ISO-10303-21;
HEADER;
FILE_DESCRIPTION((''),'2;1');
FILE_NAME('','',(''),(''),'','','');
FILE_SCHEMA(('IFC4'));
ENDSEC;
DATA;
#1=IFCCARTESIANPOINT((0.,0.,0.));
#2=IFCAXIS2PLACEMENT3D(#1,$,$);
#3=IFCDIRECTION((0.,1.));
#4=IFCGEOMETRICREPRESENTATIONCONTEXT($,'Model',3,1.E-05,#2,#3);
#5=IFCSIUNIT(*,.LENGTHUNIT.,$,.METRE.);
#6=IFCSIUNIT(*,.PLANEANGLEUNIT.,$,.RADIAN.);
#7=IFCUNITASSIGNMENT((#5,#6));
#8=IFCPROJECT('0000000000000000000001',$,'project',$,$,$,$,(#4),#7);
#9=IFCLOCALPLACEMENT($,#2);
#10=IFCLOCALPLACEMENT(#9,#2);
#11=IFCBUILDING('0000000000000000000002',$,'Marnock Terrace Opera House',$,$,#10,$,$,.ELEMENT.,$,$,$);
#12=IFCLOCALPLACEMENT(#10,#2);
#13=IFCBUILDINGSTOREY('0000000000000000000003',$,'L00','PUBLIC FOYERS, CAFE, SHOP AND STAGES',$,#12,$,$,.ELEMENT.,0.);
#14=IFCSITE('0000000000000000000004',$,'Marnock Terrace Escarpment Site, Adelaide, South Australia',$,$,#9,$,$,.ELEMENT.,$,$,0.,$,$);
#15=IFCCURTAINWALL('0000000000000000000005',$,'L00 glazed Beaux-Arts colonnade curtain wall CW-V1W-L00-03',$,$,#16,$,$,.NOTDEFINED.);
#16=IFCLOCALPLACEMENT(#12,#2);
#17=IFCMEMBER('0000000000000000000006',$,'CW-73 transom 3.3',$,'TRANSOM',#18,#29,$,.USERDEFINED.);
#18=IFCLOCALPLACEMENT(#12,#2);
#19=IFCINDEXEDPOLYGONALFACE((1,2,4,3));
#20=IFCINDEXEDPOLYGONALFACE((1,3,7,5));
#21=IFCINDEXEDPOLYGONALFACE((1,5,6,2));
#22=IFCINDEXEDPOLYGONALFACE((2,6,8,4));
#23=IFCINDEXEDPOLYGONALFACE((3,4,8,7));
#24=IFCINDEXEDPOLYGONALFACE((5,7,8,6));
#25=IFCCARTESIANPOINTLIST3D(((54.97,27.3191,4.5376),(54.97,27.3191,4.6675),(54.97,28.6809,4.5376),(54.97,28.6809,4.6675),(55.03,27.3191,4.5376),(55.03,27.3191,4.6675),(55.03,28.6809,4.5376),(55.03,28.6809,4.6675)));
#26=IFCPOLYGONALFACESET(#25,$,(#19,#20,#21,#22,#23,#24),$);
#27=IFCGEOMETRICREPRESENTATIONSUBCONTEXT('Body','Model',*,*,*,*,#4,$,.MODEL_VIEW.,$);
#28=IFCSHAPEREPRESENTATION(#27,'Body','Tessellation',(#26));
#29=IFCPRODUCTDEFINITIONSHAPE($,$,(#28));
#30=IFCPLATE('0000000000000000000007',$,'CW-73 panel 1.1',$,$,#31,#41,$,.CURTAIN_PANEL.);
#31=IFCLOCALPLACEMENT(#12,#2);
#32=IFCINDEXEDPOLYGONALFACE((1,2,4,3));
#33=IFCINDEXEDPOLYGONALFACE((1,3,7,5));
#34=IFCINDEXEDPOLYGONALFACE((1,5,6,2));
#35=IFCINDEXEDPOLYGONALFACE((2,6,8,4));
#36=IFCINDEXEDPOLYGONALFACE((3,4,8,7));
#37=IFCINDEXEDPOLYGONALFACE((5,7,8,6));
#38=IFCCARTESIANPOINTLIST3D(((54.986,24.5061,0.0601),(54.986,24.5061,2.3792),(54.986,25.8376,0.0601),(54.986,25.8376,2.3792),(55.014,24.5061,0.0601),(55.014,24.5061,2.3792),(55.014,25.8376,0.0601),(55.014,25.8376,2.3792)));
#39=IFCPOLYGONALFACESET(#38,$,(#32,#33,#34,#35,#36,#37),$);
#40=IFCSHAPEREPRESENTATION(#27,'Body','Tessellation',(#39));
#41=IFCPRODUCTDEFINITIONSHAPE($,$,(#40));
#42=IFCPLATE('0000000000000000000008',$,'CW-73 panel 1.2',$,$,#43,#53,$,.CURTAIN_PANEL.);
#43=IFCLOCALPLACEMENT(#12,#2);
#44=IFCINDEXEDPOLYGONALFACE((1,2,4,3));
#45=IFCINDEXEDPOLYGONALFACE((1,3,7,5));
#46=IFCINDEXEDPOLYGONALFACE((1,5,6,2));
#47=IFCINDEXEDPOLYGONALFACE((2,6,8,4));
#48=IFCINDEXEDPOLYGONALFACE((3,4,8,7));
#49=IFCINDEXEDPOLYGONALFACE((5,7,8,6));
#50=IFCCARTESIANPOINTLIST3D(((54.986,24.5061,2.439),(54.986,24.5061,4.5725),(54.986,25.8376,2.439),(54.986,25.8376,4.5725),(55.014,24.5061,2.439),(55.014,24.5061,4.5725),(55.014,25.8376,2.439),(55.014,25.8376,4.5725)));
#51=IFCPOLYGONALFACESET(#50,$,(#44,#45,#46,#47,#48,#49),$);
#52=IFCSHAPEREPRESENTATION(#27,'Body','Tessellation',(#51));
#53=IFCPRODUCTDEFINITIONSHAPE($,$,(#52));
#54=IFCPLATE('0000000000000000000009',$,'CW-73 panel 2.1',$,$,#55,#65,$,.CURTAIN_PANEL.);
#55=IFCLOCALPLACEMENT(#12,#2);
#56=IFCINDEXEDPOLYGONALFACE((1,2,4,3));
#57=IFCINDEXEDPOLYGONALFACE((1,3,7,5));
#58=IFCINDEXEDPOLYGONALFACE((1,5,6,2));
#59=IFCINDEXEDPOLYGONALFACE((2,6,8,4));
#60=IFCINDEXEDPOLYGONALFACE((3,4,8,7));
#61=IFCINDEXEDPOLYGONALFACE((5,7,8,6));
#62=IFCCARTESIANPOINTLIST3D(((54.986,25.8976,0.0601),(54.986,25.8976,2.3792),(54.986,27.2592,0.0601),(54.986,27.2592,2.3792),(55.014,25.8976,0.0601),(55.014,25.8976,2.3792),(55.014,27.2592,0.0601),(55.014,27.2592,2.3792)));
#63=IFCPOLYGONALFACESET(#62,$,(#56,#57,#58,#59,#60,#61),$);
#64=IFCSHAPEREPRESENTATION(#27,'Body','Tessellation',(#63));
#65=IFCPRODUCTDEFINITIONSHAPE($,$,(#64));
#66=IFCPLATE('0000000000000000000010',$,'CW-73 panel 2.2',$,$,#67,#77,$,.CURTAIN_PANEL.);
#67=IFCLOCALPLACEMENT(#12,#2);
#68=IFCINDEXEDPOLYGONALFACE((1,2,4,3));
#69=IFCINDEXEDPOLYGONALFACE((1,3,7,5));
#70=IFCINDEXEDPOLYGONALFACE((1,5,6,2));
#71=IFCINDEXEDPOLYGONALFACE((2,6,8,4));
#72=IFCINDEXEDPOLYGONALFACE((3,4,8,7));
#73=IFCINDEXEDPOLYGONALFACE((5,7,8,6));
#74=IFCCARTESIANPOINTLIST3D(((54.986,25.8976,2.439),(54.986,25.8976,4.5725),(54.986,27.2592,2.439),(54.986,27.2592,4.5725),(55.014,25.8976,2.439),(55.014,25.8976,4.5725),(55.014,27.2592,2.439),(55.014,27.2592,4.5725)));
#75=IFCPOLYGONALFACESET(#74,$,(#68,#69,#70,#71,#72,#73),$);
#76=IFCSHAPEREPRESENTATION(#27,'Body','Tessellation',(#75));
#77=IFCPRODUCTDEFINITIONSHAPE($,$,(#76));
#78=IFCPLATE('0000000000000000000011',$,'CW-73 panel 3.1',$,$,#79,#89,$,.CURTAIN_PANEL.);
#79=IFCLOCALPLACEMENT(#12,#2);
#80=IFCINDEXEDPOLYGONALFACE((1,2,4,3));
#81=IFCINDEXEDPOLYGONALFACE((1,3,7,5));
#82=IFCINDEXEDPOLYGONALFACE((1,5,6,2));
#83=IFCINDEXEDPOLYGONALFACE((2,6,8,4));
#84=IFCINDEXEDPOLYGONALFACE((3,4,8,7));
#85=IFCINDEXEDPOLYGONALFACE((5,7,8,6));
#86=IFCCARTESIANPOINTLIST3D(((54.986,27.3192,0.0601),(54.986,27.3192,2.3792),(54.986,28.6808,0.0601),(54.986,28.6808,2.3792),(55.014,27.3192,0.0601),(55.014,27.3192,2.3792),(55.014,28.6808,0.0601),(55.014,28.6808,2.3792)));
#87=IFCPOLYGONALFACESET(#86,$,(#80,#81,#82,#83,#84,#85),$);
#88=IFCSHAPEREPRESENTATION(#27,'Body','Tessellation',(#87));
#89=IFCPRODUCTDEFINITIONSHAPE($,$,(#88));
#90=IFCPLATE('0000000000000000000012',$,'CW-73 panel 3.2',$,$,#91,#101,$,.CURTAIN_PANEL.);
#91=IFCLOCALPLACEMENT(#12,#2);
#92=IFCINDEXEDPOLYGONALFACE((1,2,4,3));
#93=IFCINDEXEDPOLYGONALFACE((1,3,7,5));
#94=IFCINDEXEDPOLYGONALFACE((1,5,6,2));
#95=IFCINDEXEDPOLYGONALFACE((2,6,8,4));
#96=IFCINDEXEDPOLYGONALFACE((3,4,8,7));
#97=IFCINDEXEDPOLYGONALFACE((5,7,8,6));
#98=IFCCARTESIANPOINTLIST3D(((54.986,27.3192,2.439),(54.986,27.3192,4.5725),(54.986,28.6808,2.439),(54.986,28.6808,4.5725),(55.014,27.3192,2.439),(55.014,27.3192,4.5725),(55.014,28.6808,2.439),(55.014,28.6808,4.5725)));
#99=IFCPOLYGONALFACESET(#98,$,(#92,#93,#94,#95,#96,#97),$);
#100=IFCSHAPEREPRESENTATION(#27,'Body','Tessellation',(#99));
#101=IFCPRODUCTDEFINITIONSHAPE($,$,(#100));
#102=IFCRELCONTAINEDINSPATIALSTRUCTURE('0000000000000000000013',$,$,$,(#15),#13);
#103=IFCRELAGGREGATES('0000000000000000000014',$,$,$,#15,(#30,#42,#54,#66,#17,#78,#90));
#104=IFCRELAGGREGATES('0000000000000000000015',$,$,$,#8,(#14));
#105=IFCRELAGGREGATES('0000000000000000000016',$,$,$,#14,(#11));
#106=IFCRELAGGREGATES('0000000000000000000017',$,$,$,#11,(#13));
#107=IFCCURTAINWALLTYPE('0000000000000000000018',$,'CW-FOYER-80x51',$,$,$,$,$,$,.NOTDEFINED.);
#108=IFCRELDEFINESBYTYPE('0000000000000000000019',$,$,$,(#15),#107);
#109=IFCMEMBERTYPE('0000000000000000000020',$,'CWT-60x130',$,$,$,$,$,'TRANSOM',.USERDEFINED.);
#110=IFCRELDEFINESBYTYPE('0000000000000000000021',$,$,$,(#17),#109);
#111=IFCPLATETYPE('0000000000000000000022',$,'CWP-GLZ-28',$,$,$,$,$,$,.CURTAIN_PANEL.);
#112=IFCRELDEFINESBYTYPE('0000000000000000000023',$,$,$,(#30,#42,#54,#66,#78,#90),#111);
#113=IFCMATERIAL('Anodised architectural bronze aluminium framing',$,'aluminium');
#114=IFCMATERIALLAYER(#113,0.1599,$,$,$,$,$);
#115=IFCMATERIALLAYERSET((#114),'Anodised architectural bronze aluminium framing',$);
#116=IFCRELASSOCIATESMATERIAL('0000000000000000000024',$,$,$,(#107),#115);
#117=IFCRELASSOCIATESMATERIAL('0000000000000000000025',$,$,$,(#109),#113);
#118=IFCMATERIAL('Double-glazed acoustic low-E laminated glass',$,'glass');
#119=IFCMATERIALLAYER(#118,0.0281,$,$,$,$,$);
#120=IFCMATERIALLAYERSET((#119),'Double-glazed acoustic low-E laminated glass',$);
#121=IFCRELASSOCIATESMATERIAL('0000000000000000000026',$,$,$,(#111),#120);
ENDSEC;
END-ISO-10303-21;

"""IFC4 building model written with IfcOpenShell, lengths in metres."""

from ifc_helpers import new_model, si_unit, direction, frame, origin, origin_2d, place, context, subcontext, project, spatial, rectangle, extrude, material, layer, layer_set, material_profile, profile_set, type_object, element, aggregate, save


model = new_model("IFC4")

# Units and contexts
model_context = context("Model", 3, precision=1e-05, world=origin(), true_north=direction((0.0, 1.0)))
body_context = subcontext(model_context, "Body", "Model", "MODEL_VIEW")
ifc_project = project(units=[si_unit("LENGTHUNIT", "METRE"), si_unit("PLANEANGLEUNIT", "RADIAN")], contexts=[model_context])

# Site, building, storey
site_placement = place(None, origin())
site = spatial("IfcSite", under=ifc_project, at=site_placement, Name="Marnock Terrace Escarpment Site, Adelaide, South Australia", CompositionType="ELEMENT", RefElevation=0.0)
building_placement = place(site_placement, origin())
building = spatial("IfcBuilding", under=site, at=building_placement, Name="Marnock Terrace Opera House", CompositionType="ELEMENT")
storey_placement = place(building_placement, origin())
storey = spatial("IfcBuildingStorey", under=building, at=storey_placement, Name="L00", Description="PUBLIC FOYERS, CAFE, SHOP AND STAGES", CompositionType="ELEMENT", Elevation=0.0)

# Curtain wall, member, plates
ifc_material_1 = material(Name="Anodised architectural bronze aluminium framing", Category="aluminium")
ifc_layer_1 = layer(ifc_material_1, 0.1599)
ifc_layer_set_1 = layer_set([ifc_layer_1], Name="Anodised architectural bronze aluminium framing")
curtain_wall_type = type_object("IfcCurtainWallType", Name="CW-FOYER-80x51", PredefinedType="NOTDEFINED", material=ifc_layer_set_1)
curtain_wall_placement = place(storey_placement, origin())
curtain_wall = element("IfcCurtainWall", 1, at=curtain_wall_placement, inside=storey, type_object=curtain_wall_type, Name="L00 glazed Beaux-Arts colonnade curtain wall CW-V1W-L00-03", PredefinedType="NOTDEFINED")
ifc_material_profile_1 = material_profile(ifc_material_1, rectangle(XDim=0.0601, YDim=0.1299, at=origin_2d()))
ifc_profile_set_1 = profile_set([ifc_material_profile_1], Name="Anodised architectural bronze aluminium framing")
member_type_1 = type_object("IfcMemberType", Name="CWT-60x130", ElementType="TRANSOM", PredefinedType="USERDEFINED", material=ifc_profile_set_1)
member_1_placement = place(storey_placement, frame((55.0, 27.3191, 4.6025), z_axis=(0.0, 1.0, 0.0), x_axis=(-1.0, 0.0, 0.0)))
member_1 = element("IfcMember", 2, at=member_1_placement, type_object=member_type_1, Name="CW-73 transom 3.3", ObjectType="TRANSOM", PredefinedType="USERDEFINED", context=body_context, shape_type="SweptSolid", body=[
    extrude(rectangle(XDim=0.0601, YDim=0.1299, at=origin_2d()), origin(), (0.0, 0.0, 1.0), 1.3618),
])
ifc_material_2 = material(Name="Double-glazed acoustic low-E laminated glass", Category="glass")
ifc_layer_2 = layer(ifc_material_2, 0.0281)
ifc_layer_set_2 = layer_set([ifc_layer_2], Name="Double-glazed acoustic low-E laminated glass")
plate_type = type_object("IfcPlateType", Name="CWP-GLZ-28", PredefinedType="CURTAIN_PANEL", material=ifc_layer_set_2)
plate_1_placement = place(storey_placement, frame((55.0, 25.1719, 0.0601), z_axis=(0.0, 0.0, 1.0), x_axis=(0.0, 1.0, 0.0)))
plate_1 = element("IfcPlate", 3, at=plate_1_placement, type_object=plate_type, Name="CW-73 panel 1.1", PredefinedType="CURTAIN_PANEL", context=body_context, shape_type="SweptSolid", body=[
    extrude(rectangle(XDim=1.3315, YDim=0.0281, at=origin_2d()), origin(), (0.0, 0.0, 1.0), 2.3191),
])
plate_2_placement = place(storey_placement, frame((55.0, 25.1719, 2.439), z_axis=(0.0, 0.0, 1.0), x_axis=(0.0, 1.0, 0.0)))
plate_2 = element("IfcPlate", 4, at=plate_2_placement, type_object=plate_type, Name="CW-73 panel 1.2", PredefinedType="CURTAIN_PANEL", context=body_context, shape_type="SweptSolid", body=[
    extrude(rectangle(XDim=1.3315, YDim=0.0281, at=origin_2d()), origin(), (0.0, 0.0, 1.0), 2.1335),
])
plate_3_placement = place(storey_placement, frame((55.0, 26.5784, 0.0601), z_axis=(0.0, 0.0, 1.0), x_axis=(0.0, 1.0, 0.0)))
plate_3 = element("IfcPlate", 5, at=plate_3_placement, type_object=plate_type, Name="CW-73 panel 2.1", PredefinedType="CURTAIN_PANEL", context=body_context, shape_type="SweptSolid", body=[
    extrude(rectangle(XDim=1.3616, YDim=0.0281, at=origin_2d()), origin(), (0.0, 0.0, 1.0), 2.3191),
])
plate_4_placement = place(storey_placement, frame((55.0, 26.5784, 2.439), z_axis=(0.0, 0.0, 1.0), x_axis=(0.0, 1.0, 0.0)))
plate_4 = element("IfcPlate", 6, at=plate_4_placement, type_object=plate_type, Name="CW-73 panel 2.2", PredefinedType="CURTAIN_PANEL", context=body_context, shape_type="SweptSolid", body=[
    extrude(rectangle(XDim=1.3616, YDim=0.0281, at=origin_2d()), origin(), (0.0, 0.0, 1.0), 2.1335),
])
plate_5_placement = place(storey_placement, frame((55.0, 28.0, 0.0601), z_axis=(0.0, 0.0, 1.0), x_axis=(0.0, 1.0, 0.0)))
plate_5 = element("IfcPlate", 7, at=plate_5_placement, type_object=plate_type, Name="CW-73 panel 3.1", PredefinedType="CURTAIN_PANEL", context=body_context, shape_type="SweptSolid", body=[
    extrude(rectangle(XDim=1.3616, YDim=0.0281, at=origin_2d()), origin(), (0.0, 0.0, 1.0), 2.3191),
])
plate_6_placement = place(storey_placement, frame((55.0, 28.0, 2.439), z_axis=(0.0, 0.0, 1.0), x_axis=(0.0, 1.0, 0.0)))
plate_6 = element("IfcPlate", 8, at=plate_6_placement, type_object=plate_type, Name="CW-73 panel 3.2", PredefinedType="CURTAIN_PANEL", context=body_context, shape_type="SweptSolid", body=[
    extrude(rectangle(XDim=1.3616, YDim=0.0281, at=origin_2d()), origin(), (0.0, 0.0, 1.0), 2.1335),
])
aggregate(curtain_wall, [plate_1, plate_2, plate_3, plate_4, member_1, plate_5, plate_6])

save(model, "model.ifc")
